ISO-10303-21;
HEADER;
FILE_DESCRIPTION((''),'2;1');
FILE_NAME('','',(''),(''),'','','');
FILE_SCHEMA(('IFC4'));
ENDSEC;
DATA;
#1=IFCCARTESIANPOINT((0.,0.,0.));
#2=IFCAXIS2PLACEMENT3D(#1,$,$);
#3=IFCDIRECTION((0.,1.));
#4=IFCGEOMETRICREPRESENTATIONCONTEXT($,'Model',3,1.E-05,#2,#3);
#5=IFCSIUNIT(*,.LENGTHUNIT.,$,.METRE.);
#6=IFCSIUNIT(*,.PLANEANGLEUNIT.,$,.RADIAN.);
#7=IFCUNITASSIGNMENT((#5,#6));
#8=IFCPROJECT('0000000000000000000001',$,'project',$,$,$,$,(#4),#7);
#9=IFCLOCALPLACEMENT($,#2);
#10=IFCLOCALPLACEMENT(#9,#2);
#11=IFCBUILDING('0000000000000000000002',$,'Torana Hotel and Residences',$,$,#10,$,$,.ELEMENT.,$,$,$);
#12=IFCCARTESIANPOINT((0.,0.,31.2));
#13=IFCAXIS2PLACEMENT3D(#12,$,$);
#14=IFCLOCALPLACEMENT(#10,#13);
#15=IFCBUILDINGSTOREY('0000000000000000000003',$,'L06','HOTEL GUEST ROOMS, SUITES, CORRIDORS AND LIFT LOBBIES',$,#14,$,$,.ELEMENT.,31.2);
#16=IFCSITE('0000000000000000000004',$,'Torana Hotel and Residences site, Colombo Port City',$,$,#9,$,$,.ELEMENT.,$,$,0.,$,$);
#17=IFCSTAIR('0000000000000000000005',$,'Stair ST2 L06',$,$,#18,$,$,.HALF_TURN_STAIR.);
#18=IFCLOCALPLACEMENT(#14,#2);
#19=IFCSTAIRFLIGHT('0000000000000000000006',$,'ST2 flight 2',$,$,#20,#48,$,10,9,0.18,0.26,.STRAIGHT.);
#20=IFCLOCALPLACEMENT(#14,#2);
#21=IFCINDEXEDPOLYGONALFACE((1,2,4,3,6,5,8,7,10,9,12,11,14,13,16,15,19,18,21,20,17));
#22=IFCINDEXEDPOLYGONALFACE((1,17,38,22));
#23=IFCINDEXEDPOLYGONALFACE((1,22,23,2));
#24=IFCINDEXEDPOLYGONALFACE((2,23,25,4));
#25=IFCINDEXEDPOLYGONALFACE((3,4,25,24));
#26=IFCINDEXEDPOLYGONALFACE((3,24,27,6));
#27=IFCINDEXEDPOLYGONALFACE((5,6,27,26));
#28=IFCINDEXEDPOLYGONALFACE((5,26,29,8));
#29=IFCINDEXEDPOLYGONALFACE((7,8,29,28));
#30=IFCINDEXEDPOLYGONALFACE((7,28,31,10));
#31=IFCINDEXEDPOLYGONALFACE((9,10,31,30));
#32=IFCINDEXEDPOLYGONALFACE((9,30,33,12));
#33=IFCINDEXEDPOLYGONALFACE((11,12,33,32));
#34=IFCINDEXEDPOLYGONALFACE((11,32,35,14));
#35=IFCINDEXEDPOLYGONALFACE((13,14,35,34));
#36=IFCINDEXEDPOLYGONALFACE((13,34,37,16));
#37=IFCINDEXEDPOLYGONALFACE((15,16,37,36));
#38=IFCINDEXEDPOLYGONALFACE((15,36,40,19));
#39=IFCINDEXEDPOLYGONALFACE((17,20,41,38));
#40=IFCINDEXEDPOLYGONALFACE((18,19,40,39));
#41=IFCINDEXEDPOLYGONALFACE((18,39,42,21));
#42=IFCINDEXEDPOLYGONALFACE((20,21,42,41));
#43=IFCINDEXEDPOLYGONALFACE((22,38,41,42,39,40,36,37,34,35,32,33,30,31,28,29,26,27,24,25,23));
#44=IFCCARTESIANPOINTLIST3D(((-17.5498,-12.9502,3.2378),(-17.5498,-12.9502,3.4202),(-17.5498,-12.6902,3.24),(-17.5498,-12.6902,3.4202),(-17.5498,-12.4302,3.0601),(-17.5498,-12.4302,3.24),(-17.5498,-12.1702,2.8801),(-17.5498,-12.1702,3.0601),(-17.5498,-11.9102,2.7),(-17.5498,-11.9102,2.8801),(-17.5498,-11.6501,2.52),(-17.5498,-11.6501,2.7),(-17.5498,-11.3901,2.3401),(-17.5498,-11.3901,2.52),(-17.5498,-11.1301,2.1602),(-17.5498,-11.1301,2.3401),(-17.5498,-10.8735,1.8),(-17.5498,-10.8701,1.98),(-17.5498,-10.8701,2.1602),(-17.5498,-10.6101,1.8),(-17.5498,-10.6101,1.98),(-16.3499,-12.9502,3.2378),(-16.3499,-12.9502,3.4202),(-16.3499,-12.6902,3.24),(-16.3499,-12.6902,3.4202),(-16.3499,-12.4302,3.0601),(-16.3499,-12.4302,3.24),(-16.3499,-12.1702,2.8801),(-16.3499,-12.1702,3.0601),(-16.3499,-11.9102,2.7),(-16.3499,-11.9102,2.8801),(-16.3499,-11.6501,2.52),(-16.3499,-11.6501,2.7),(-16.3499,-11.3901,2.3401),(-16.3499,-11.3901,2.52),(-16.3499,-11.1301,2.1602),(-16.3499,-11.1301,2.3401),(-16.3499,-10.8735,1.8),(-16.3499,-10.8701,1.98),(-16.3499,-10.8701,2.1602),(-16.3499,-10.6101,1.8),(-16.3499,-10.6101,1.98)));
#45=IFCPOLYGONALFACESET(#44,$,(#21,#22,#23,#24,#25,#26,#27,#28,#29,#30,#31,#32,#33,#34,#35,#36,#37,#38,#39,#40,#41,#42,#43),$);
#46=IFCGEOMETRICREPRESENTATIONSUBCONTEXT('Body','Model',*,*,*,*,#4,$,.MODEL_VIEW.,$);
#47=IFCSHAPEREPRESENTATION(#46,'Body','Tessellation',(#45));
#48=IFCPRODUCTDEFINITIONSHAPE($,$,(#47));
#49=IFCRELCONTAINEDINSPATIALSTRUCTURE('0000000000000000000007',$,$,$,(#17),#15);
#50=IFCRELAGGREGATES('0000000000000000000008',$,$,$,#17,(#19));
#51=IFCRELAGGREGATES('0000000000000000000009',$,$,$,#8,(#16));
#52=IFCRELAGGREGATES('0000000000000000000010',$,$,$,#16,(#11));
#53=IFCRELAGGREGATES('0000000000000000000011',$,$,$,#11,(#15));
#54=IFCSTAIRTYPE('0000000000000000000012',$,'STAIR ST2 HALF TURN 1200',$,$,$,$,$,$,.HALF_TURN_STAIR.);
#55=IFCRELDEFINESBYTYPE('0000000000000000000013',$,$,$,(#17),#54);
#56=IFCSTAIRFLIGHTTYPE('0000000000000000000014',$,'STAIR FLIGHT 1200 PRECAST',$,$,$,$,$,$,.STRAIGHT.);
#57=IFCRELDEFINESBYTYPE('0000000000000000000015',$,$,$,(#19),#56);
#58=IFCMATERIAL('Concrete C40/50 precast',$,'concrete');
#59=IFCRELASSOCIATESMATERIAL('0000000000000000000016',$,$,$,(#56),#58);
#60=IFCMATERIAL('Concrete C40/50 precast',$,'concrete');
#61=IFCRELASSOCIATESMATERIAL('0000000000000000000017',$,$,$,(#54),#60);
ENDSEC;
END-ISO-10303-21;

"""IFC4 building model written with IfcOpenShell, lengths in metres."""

from ifc_helpers import new_model, si_unit, direction, frame, origin, place, context, subcontext, project, spatial, polyline, outline, extrude, material, type_object, element, aggregate, save


model = new_model("IFC4")

# Units and contexts
model_context = context("Model", 3, precision=1e-05, world=origin(), true_north=direction((0.0, 1.0)))
body_context = subcontext(model_context, "Body", "Model", "MODEL_VIEW")
ifc_project = project(units=[si_unit("LENGTHUNIT", "METRE"), si_unit("PLANEANGLEUNIT", "RADIAN")], contexts=[model_context])

# Site, building, storey
site_placement = place(None, origin())
site = spatial("IfcSite", under=ifc_project, at=site_placement, Name="Torana Hotel and Residences site, Colombo Port City", CompositionType="ELEMENT", RefElevation=0.0)
building_placement = place(site_placement, origin())
building = spatial("IfcBuilding", under=site, at=building_placement, Name="Torana Hotel and Residences", CompositionType="ELEMENT")
storey_placement = place(building_placement, frame((0.0, 0.0, 31.2)))
storey = spatial("IfcBuildingStorey", under=building, at=storey_placement, Name="L06", Description="HOTEL GUEST ROOMS, SUITES, CORRIDORS AND LIFT LOBBIES", CompositionType="ELEMENT", Elevation=31.2)

# Stair, stair flight
ifc_material_1 = material(Name="Concrete C40/50 precast", Category="concrete")
stair_flight_type = type_object("IfcStairFlightType", Name="STAIR FLIGHT 1200 PRECAST", PredefinedType="STRAIGHT", material=ifc_material_1)
ifc_material_2 = material(Name="Concrete C40/50 precast", Category="concrete")
stair_type_1 = type_object("IfcStairType", Name="STAIR ST2 HALF TURN 1200", PredefinedType="HALF_TURN_STAIR", material=ifc_material_2)
stair_1_placement = place(storey_placement, origin())
stair_1 = element("IfcStair", 1, at=stair_1_placement, inside=storey, type_object=stair_type_1, Name="Stair ST2 L06", PredefinedType="HALF_TURN_STAIR")
stair_flight_1_placement = place(storey_placement, frame((-16.95, -10.6101, 1.8), z_axis=(0.0, 0.0, 1.0), x_axis=(0.0, -1.0, 0.0)))
stair_flight_1 = element("IfcStairFlight", 2, at=stair_flight_1_placement, type_object=stair_flight_type, Name="ST2 flight 2", NumberOfRisers=10, NumberOfTreads=9, PredefinedType="STRAIGHT", RiserHeight=0.18, TreadLength=0.26, context=body_context, shape_type="SweptSolid", body=[
    extrude(outline(polyline([(0.0, 0.0), (0.0, 0.1799), (0.26, 0.1799), (0.26, 0.3601), (0.52, 0.3601), (0.52, 0.54), (0.78, 0.54), (0.78, 0.72), (1.04, 0.72), (1.04, 0.8999), (1.3, 0.8999), (1.3, 1.0801), (1.5601, 1.0801), (1.5601, 1.26), (1.8201, 1.26), (1.8201, 1.4399), (2.0801, 1.4399), (2.0801, 1.6201), (2.3401, 1.6201), (2.3401, 1.8), (2.3401, 1.4377), (0.2634, 0.0), (0.0, 0.0)])), frame((0.0, 0.6001, 0.0), z_axis=(0.0, -1.0, 0.0), x_axis=(1.0, 0.0, 0.0)), (0.0, 0.0, 1.0), 1.2),
])
aggregate(stair_1, [stair_flight_1])

save(model, "model.ifc")
